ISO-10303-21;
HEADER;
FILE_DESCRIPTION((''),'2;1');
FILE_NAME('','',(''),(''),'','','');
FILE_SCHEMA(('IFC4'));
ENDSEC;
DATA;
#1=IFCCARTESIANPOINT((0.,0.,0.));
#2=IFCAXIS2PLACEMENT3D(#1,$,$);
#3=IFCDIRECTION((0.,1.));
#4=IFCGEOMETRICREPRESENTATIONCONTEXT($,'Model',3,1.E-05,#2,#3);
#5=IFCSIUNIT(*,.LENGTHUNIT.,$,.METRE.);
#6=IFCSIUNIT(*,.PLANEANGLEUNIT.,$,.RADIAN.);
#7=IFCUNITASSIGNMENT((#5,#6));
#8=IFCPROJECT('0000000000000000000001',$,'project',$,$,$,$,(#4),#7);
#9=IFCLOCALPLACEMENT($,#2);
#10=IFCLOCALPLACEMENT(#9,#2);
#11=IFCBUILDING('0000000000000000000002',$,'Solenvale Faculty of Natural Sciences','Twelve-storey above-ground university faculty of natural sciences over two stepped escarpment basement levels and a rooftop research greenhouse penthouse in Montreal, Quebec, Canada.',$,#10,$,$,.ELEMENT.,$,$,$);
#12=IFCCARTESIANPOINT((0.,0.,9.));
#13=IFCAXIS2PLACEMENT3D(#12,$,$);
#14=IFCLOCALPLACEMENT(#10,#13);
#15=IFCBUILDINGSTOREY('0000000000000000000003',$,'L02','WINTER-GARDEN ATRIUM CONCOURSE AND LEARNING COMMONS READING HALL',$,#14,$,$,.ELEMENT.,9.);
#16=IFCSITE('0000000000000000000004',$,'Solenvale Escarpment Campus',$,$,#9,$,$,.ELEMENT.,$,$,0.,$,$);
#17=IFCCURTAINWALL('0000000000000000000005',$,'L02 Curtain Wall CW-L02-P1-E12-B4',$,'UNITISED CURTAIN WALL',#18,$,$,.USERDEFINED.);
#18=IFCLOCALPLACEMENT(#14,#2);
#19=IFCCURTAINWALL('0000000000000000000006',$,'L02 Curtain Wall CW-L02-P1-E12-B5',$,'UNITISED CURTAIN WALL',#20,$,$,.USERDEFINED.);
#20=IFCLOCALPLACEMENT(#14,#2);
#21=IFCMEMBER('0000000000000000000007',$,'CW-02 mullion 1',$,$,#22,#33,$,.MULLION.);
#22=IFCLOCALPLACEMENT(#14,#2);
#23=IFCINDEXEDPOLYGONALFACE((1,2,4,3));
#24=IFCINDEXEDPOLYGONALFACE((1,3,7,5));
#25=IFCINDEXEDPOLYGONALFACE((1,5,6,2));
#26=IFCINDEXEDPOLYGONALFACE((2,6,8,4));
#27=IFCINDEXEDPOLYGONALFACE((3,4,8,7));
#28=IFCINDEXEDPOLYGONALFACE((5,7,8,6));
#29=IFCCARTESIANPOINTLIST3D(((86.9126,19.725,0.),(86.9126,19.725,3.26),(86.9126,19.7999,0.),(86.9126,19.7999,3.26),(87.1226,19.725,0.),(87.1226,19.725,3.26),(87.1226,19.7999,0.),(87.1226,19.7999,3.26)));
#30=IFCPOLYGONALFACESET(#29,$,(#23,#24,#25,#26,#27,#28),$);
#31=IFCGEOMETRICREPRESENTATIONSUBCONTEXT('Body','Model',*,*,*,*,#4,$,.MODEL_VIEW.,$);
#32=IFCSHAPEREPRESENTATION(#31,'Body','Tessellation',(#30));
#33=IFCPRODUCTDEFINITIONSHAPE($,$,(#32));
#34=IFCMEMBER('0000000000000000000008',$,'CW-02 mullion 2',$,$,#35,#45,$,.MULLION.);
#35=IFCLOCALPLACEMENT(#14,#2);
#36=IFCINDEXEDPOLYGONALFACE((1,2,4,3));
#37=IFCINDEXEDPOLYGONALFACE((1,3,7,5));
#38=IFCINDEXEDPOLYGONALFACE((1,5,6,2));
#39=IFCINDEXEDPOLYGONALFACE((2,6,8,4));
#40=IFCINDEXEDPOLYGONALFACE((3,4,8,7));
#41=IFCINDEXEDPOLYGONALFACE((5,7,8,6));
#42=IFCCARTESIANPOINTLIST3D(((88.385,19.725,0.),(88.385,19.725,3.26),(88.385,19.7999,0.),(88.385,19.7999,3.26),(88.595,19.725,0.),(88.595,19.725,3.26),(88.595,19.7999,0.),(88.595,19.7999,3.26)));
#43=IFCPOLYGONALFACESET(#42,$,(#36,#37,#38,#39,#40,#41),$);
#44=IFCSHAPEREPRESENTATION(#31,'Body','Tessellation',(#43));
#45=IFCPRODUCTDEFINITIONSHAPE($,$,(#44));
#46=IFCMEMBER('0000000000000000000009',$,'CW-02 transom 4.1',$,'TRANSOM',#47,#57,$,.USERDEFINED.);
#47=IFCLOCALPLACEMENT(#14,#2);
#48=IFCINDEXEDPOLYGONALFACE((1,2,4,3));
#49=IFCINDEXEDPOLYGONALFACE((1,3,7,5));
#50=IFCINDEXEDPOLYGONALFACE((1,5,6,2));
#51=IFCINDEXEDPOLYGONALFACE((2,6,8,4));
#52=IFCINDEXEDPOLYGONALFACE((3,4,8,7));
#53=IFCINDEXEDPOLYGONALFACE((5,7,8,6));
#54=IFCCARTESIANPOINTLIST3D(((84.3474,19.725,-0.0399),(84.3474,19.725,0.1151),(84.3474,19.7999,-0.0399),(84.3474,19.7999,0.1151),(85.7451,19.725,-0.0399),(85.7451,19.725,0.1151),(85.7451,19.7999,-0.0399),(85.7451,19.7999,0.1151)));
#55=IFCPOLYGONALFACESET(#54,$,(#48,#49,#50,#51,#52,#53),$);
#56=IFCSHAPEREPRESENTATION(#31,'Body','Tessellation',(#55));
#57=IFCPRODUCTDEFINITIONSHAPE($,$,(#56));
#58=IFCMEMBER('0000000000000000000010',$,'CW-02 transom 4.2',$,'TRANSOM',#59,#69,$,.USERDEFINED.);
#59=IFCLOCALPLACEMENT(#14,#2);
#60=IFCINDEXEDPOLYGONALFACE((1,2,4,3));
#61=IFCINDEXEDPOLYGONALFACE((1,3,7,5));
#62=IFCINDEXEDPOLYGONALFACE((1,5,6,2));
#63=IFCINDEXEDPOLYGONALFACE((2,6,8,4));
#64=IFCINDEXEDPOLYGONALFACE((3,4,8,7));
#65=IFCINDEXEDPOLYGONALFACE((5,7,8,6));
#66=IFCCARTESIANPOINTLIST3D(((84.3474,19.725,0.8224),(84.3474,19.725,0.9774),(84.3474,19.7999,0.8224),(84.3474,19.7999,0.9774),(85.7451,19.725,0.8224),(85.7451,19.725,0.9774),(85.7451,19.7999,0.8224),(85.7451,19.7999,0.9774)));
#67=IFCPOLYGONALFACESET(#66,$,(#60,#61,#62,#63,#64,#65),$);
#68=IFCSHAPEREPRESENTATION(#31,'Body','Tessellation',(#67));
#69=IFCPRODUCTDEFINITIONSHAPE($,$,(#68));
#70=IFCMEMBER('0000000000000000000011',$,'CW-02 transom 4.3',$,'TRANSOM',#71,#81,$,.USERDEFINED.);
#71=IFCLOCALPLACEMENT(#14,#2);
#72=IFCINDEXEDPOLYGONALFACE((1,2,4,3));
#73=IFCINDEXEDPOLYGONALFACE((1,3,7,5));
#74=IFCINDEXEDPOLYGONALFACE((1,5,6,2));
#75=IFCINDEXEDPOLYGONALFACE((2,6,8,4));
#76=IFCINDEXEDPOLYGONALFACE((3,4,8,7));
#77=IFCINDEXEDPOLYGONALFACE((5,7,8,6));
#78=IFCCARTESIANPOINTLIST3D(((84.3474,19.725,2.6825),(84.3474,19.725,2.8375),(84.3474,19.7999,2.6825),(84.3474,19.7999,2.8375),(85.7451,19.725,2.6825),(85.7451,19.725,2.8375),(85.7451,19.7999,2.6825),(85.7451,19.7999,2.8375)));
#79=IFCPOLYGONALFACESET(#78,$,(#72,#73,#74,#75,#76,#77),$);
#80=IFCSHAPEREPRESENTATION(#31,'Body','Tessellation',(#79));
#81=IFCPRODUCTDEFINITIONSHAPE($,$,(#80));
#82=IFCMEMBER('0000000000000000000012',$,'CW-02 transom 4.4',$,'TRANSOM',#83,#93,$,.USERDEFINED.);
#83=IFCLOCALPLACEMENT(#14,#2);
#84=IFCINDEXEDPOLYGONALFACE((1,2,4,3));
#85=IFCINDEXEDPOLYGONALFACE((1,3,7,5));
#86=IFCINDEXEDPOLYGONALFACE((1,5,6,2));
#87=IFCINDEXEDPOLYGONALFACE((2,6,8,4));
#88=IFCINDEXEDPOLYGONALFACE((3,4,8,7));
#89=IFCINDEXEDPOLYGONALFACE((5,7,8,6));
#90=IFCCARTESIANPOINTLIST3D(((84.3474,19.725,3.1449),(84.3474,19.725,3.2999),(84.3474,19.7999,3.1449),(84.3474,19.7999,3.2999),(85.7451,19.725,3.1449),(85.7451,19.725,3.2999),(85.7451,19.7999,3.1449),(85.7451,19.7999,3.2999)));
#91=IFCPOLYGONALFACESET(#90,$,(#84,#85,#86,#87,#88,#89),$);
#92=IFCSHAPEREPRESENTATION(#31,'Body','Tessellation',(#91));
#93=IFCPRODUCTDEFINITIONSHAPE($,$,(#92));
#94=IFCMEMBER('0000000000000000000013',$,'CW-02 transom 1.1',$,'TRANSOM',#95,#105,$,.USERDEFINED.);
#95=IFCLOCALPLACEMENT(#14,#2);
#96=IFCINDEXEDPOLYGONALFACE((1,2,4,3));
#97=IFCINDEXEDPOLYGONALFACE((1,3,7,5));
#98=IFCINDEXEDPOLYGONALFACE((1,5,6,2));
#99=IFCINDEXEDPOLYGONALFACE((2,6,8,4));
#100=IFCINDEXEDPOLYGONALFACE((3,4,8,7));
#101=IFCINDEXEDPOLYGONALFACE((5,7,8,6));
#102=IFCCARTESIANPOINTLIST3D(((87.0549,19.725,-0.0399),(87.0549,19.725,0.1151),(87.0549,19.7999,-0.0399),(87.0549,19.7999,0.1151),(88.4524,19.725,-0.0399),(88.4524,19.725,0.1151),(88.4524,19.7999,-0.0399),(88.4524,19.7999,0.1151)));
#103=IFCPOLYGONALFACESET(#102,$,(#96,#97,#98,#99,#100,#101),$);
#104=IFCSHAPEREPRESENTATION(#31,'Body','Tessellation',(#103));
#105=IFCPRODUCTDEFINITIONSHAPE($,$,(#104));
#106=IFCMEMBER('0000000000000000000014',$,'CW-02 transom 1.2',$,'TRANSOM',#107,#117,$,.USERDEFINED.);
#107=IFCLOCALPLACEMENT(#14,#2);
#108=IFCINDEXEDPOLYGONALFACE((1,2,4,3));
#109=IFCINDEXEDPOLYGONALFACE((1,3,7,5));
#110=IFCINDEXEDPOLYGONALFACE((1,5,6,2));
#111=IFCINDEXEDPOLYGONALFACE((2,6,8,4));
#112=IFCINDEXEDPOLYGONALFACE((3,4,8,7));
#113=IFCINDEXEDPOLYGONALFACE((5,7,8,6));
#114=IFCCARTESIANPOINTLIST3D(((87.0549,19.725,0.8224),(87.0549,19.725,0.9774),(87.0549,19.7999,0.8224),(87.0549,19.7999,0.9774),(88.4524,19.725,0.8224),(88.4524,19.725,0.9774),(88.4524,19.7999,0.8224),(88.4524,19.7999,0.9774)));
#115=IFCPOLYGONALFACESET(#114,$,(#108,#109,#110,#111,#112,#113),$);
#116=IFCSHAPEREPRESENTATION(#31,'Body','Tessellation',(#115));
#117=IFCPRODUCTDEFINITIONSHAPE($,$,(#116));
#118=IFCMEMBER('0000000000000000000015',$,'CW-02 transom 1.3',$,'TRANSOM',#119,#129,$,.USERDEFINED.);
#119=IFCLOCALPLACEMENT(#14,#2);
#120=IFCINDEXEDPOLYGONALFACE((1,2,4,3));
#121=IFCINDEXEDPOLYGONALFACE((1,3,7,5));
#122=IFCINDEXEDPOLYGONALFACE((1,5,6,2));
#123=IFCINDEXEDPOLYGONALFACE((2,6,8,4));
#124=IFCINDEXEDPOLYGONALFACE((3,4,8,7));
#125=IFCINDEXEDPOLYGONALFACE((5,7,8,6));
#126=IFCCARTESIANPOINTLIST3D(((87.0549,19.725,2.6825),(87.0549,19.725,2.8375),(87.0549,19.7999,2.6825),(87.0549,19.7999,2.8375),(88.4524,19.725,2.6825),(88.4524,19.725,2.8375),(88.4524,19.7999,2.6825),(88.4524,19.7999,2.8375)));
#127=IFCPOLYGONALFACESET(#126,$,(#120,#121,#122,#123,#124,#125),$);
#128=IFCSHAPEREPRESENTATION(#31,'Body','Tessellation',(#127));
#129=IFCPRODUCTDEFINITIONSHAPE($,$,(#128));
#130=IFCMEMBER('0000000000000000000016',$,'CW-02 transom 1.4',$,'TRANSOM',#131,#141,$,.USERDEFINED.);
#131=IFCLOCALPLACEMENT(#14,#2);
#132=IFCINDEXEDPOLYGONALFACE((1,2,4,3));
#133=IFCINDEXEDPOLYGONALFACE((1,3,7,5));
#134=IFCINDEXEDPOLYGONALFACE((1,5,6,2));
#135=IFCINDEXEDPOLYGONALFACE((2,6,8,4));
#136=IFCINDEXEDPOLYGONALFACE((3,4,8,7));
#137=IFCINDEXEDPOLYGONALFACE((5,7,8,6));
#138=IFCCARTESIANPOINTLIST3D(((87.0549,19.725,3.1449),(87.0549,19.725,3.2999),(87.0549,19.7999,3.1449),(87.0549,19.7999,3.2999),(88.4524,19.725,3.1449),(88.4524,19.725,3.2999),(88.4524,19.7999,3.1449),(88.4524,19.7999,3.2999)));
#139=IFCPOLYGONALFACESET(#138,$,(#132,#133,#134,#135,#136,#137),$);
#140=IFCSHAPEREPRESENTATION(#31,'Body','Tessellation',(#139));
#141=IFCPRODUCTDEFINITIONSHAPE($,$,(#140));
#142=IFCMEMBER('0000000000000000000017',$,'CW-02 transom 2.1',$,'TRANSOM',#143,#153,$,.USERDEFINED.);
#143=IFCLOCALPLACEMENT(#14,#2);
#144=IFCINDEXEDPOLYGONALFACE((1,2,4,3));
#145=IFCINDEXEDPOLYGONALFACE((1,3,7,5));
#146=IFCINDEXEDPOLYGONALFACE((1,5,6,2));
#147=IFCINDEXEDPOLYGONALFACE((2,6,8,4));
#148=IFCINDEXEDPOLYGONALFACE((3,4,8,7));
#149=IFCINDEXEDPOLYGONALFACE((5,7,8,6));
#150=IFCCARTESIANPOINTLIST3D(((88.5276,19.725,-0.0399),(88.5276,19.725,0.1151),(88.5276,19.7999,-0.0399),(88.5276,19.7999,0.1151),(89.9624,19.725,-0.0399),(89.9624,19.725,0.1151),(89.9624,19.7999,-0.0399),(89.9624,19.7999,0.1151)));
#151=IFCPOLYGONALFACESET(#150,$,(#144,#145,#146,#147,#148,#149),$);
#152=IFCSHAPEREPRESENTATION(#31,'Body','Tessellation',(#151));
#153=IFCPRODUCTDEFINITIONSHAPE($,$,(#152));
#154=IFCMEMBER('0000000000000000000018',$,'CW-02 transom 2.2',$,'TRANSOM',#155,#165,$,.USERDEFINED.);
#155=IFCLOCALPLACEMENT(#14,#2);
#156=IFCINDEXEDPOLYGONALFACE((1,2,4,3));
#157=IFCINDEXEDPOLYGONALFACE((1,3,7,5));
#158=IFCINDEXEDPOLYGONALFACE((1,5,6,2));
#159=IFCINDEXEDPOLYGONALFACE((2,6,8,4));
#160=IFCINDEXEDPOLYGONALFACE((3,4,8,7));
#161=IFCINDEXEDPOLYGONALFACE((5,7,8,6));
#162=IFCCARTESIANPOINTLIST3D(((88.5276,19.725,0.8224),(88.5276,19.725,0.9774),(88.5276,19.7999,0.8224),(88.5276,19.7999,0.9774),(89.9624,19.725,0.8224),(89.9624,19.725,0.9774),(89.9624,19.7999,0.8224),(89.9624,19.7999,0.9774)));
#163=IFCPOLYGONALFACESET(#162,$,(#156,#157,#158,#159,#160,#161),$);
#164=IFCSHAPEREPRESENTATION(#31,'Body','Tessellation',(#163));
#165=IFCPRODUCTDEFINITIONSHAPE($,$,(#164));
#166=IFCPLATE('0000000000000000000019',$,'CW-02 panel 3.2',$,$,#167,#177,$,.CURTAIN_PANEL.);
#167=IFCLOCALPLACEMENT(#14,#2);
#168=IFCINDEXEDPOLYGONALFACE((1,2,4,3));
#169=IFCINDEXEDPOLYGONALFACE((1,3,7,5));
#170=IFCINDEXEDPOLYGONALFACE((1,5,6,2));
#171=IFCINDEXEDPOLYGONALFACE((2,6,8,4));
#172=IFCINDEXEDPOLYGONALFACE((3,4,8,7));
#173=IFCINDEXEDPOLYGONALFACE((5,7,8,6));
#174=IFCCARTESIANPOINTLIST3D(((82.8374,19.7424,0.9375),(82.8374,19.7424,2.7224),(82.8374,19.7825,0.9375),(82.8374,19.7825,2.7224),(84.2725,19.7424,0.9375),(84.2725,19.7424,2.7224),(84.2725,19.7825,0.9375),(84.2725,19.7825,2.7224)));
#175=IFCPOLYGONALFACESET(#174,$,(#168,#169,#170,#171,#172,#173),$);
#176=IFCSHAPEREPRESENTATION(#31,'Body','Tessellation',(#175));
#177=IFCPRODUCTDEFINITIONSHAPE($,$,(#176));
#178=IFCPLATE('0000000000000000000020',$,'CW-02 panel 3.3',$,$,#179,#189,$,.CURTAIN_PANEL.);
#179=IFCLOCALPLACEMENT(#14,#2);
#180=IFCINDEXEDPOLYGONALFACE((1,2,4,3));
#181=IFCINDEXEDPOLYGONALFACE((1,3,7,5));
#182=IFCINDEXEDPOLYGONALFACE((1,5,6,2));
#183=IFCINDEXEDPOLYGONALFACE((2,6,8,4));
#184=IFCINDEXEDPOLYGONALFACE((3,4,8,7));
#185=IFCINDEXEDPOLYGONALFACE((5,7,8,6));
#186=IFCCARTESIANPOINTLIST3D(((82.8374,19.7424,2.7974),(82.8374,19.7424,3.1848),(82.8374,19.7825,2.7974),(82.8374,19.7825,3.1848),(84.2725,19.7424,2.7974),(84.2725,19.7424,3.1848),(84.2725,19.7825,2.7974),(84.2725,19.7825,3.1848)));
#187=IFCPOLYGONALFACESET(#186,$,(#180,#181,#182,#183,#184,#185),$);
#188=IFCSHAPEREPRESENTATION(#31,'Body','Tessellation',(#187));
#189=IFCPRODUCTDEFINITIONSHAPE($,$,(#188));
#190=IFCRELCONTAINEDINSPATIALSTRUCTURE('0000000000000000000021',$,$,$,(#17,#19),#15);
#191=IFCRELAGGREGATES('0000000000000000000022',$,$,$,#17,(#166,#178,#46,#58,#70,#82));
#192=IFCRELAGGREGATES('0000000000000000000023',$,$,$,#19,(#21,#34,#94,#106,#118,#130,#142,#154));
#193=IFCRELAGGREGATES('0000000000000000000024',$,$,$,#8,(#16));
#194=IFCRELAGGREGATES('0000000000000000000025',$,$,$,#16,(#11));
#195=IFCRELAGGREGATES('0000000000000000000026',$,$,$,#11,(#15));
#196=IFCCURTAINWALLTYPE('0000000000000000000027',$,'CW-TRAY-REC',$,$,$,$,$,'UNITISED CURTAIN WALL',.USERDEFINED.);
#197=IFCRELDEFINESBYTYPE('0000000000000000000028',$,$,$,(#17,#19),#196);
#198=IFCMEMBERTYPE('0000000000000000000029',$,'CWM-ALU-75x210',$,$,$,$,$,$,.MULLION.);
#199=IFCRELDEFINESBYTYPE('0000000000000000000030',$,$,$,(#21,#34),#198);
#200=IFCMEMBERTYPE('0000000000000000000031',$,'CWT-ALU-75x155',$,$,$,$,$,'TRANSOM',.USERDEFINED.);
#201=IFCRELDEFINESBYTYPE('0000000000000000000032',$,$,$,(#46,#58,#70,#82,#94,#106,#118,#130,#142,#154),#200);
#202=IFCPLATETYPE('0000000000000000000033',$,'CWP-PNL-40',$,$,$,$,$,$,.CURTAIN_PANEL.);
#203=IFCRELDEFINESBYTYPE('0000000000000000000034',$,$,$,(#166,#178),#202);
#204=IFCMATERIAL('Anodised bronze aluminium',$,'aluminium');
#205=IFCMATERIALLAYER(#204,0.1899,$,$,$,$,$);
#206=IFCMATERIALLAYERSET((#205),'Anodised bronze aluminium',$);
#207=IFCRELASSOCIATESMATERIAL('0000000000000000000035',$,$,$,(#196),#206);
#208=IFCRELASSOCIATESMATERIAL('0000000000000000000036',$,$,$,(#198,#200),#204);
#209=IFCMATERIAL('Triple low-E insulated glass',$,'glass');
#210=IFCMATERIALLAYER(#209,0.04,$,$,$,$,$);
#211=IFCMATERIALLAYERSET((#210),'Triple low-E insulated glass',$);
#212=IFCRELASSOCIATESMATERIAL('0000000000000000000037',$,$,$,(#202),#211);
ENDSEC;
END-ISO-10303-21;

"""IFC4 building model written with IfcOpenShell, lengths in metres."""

from ifc_helpers import new_model, si_unit, direction, frame, origin, origin_2d, place, context, subcontext, project, spatial, rectangle, extrude, material, layer, layer_set, material_profile, profile_set, type_object, element, aggregate, save


model = new_model("IFC4")

# Units and contexts
model_context = context("Model", 3, precision=1e-05, world=origin(), true_north=direction((0.0, 1.0)))
body_context = subcontext(model_context, "Body", "Model", "MODEL_VIEW")
ifc_project = project(units=[si_unit("LENGTHUNIT", "METRE"), si_unit("PLANEANGLEUNIT", "RADIAN")], contexts=[model_context])

# Site, building, storey
site_placement = place(None, origin())
site = spatial("IfcSite", under=ifc_project, at=site_placement, Name="Solenvale Escarpment Campus", CompositionType="ELEMENT", RefElevation=0.0)
building_placement = place(site_placement, origin())
building = spatial("IfcBuilding", under=site, at=building_placement, Name="Solenvale Faculty of Natural Sciences", Description="Twelve-storey above-ground university faculty of natural sciences over two stepped escarpment basement levels and a rooftop research greenhouse penthouse in Montreal, Quebec, Canada.", CompositionType="ELEMENT")
storey_placement = place(building_placement, frame((0.0, 0.0, 9.0)))
storey = spatial("IfcBuildingStorey", under=building, at=storey_placement, Name="L02", Description="WINTER-GARDEN ATRIUM CONCOURSE AND LEARNING COMMONS READING HALL", CompositionType="ELEMENT", Elevation=9.0)

# Curtain walls, members
ifc_material_1 = material(Name="Anodised bronze aluminium", Category="aluminium")
ifc_layer_1 = layer(ifc_material_1, 0.1899)
ifc_layer_set_1 = layer_set([ifc_layer_1], Name="Anodised bronze aluminium")
curtain_wall_type = type_object("IfcCurtainWallType", Name="CW-TRAY-REC", ElementType="UNITISED CURTAIN WALL", PredefinedType="USERDEFINED", material=ifc_layer_set_1)
curtain_wall_1_placement = place(storey_placement, origin())
curtain_wall_1 = element("IfcCurtainWall", 1, at=curtain_wall_1_placement, inside=storey, type_object=curtain_wall_type, Name="L02 Curtain Wall CW-L02-P1-E12-B4", ObjectType="UNITISED CURTAIN WALL", PredefinedType="USERDEFINED")
ifc_material_profile_1 = material_profile(ifc_material_1, rectangle(XDim=0.075, YDim=0.21, at=origin_2d()), Name="ALU-MUL-75x210")
ifc_profile_set_1 = profile_set([ifc_material_profile_1], Name="Anodised bronze aluminium")
member_type_1 = type_object("IfcMemberType", Name="CWM-ALU-75x210", PredefinedType="MULLION", material=ifc_profile_set_1)
curtain_wall_2_placement = place(storey_placement, origin())
curtain_wall_2 = element("IfcCurtainWall", 2, at=curtain_wall_2_placement, inside=storey, type_object=curtain_wall_type, Name="L02 Curtain Wall CW-L02-P1-E12-B5", ObjectType="UNITISED CURTAIN WALL", PredefinedType="USERDEFINED")
member_1_placement = place(storey_placement, frame((87.0176, 19.7625, 0.0), z_axis=(0.0, 0.0, 1.0), x_axis=(0.0, 1.0, 0.0)))
member_1 = element("IfcMember", 3, at=member_1_placement, type_object=member_type_1, Name="CW-02 mullion 1", PredefinedType="MULLION", context=body_context, shape_type="SweptSolid", body=[
    extrude(rectangle(XDim=0.075, YDim=0.21, at=origin_2d()), origin(), (0.0, 0.0, 1.0), 3.26),
])
member_2_placement = place(storey_placement, frame((88.49, 19.7625, 0.0), z_axis=(0.0, 0.0, 1.0), x_axis=(0.0, 1.0, 0.0)))
member_2 = element("IfcMember", 4, at=member_2_placement, type_object=member_type_1, Name="CW-02 mullion 2", PredefinedType="MULLION", context=body_context, shape_type="SweptSolid", body=[
    extrude(rectangle(XDim=0.075, YDim=0.21, at=origin_2d()), origin(), (0.0, 0.0, 1.0), 3.26),
])

# Members
ifc_material_profile_2 = material_profile(ifc_material_1, rectangle(XDim=0.075, YDim=0.155, at=origin_2d()), Name="ALU-TRN-75x155")
ifc_profile_set_2 = profile_set([ifc_material_profile_2], Name="Anodised bronze aluminium")
member_type_2 = type_object("IfcMemberType", Name="CWT-ALU-75x155", ElementType="TRANSOM", PredefinedType="USERDEFINED", material=ifc_profile_set_2)
member_3_placement = place(storey_placement, frame((84.3474, 19.7625, 0.0376), z_axis=(1.0, 0.0, 0.0), x_axis=(0.0, 1.0, 0.0)))
member_3 = element("IfcMember", 5, at=member_3_placement, type_object=member_type_2, Name="CW-02 transom 4.1", ObjectType="TRANSOM", PredefinedType="USERDEFINED", context=body_context, shape_type="SweptSolid", body=[
    extrude(rectangle(XDim=0.075, YDim=0.155, at=origin_2d()), origin(), (0.0, 0.0, 1.0), 1.3977),
])
member_4_placement = place(storey_placement, frame((84.3474, 19.7625, 0.8999), z_axis=(1.0, 0.0, 0.0), x_axis=(0.0, 1.0, 0.0)))
member_4 = element("IfcMember", 6, at=member_4_placement, type_object=member_type_2, Name="CW-02 transom 4.2", ObjectType="TRANSOM", PredefinedType="USERDEFINED", context=body_context, shape_type="SweptSolid", body=[
    extrude(rectangle(XDim=0.075, YDim=0.155, at=origin_2d()), origin(), (0.0, 0.0, 1.0), 1.3977),
])
member_5_placement = place(storey_placement, frame((84.3474, 19.7625, 2.76), z_axis=(1.0, 0.0, 0.0), x_axis=(0.0, 1.0, 0.0)))
member_5 = element("IfcMember", 7, at=member_5_placement, type_object=member_type_2, Name="CW-02 transom 4.3", ObjectType="TRANSOM", PredefinedType="USERDEFINED", context=body_context, shape_type="SweptSolid", body=[
    extrude(rectangle(XDim=0.075, YDim=0.155, at=origin_2d()), origin(), (0.0, 0.0, 1.0), 1.3977),
])
member_6_placement = place(storey_placement, frame((84.3474, 19.7625, 3.2224), z_axis=(1.0, 0.0, 0.0), x_axis=(0.0, 1.0, 0.0)))
member_6 = element("IfcMember", 8, at=member_6_placement, type_object=member_type_2, Name="CW-02 transom 4.4", ObjectType="TRANSOM", PredefinedType="USERDEFINED", context=body_context, shape_type="SweptSolid", body=[
    extrude(rectangle(XDim=0.075, YDim=0.155, at=origin_2d()), origin(), (0.0, 0.0, 1.0), 1.3977),
])
member_7_placement = place(storey_placement, frame((87.0549, 19.7625, 0.0376), z_axis=(1.0, 0.0, 0.0), x_axis=(0.0, 1.0, 0.0)))
member_7 = element("IfcMember", 9, at=member_7_placement, type_object=member_type_2, Name="CW-02 transom 1.1", ObjectType="TRANSOM", PredefinedType="USERDEFINED", context=body_context, shape_type="SweptSolid", body=[
    extrude(rectangle(XDim=0.075, YDim=0.155, at=origin_2d()), origin(), (0.0, 0.0, 1.0), 1.3975),
])
member_8_placement = place(storey_placement, frame((87.0549, 19.7625, 0.8999), z_axis=(1.0, 0.0, 0.0), x_axis=(0.0, 1.0, 0.0)))
member_8 = element("IfcMember", 10, at=member_8_placement, type_object=member_type_2, Name="CW-02 transom 1.2", ObjectType="TRANSOM", PredefinedType="USERDEFINED", context=body_context, shape_type="SweptSolid", body=[
    extrude(rectangle(XDim=0.075, YDim=0.155, at=origin_2d()), origin(), (0.0, 0.0, 1.0), 1.3975),
])
member_9_placement = place(storey_placement, frame((87.0549, 19.7625, 2.76), z_axis=(1.0, 0.0, 0.0), x_axis=(0.0, 1.0, 0.0)))
member_9 = element("IfcMember", 11, at=member_9_placement, type_object=member_type_2, Name="CW-02 transom 1.3", ObjectType="TRANSOM", PredefinedType="USERDEFINED", context=body_context, shape_type="SweptSolid", body=[
    extrude(rectangle(XDim=0.075, YDim=0.155, at=origin_2d()), origin(), (0.0, 0.0, 1.0), 1.3975),
])
member_10_placement = place(storey_placement, frame((87.0549, 19.7625, 3.2224), z_axis=(1.0, 0.0, 0.0), x_axis=(0.0, 1.0, 0.0)))
member_10 = element("IfcMember", 12, at=member_10_placement, type_object=member_type_2, Name="CW-02 transom 1.4", ObjectType="TRANSOM", PredefinedType="USERDEFINED", context=body_context, shape_type="SweptSolid", body=[
    extrude(rectangle(XDim=0.075, YDim=0.155, at=origin_2d()), origin(), (0.0, 0.0, 1.0), 1.3975),
])
member_11_placement = place(storey_placement, frame((88.5276, 19.7625, 0.0376), z_axis=(1.0, 0.0, 0.0), x_axis=(0.0, 1.0, 0.0)))
member_11 = element("IfcMember", 13, at=member_11_placement, type_object=member_type_2, Name="CW-02 transom 2.1", ObjectType="TRANSOM", PredefinedType="USERDEFINED", context=body_context, shape_type="SweptSolid", body=[
    extrude(rectangle(XDim=0.075, YDim=0.155, at=origin_2d()), origin(), (0.0, 0.0, 1.0), 1.4348),
])
member_12_placement = place(storey_placement, frame((88.5276, 19.7625, 0.8999), z_axis=(1.0, 0.0, 0.0), x_axis=(0.0, 1.0, 0.0)))
member_12 = element("IfcMember", 14, at=member_12_placement, type_object=member_type_2, Name="CW-02 transom 2.2", ObjectType="TRANSOM", PredefinedType="USERDEFINED", context=body_context, shape_type="SweptSolid", body=[
    extrude(rectangle(XDim=0.075, YDim=0.155, at=origin_2d()), origin(), (0.0, 0.0, 1.0), 1.4348),
])

# Plates
ifc_material_2 = material(Name="Triple low-E insulated glass", Category="glass")
ifc_layer_2 = layer(ifc_material_2, 0.04)
ifc_layer_set_2 = layer_set([ifc_layer_2], Name="Triple low-E insulated glass")
plate_type_1 = type_object("IfcPlateType", Name="CWP-PNL-40", PredefinedType="CURTAIN_PANEL", material=ifc_layer_set_2)
plate_1_placement = place(storey_placement, frame((83.5549, 19.7625, 0.9375), z_axis=(0.0, 0.0, 1.0), x_axis=(1.0, 0.0, 0.0)))
plate_1 = element("IfcPlate", 15, at=plate_1_placement, type_object=plate_type_1, Name="CW-02 panel 3.2", PredefinedType="CURTAIN_PANEL", context=body_context, shape_type="SweptSolid", body=[
    extrude(rectangle(XDim=1.4351, YDim=0.04, at=origin_2d()), origin(), (0.0, 0.0, 1.0), 1.7849),
])
plate_2_placement = place(storey_placement, frame((83.5549, 19.7625, 2.7974), z_axis=(0.0, 0.0, 1.0), x_axis=(1.0, 0.0, 0.0)))
plate_2 = element("IfcPlate", 16, at=plate_2_placement, type_object=plate_type_1, Name="CW-02 panel 3.3", PredefinedType="CURTAIN_PANEL", context=body_context, shape_type="SweptSolid", body=[
    extrude(rectangle(XDim=1.4351, YDim=0.04, at=origin_2d()), origin(), (0.0, 0.0, 1.0), 0.3875),
])
aggregate(curtain_wall_1, [plate_1, plate_2, member_3, member_4, member_5, member_6])
aggregate(curtain_wall_2, [member_1, member_2, member_7, member_8, member_9, member_10, member_11, member_12])

save(model, "model.ifc")
